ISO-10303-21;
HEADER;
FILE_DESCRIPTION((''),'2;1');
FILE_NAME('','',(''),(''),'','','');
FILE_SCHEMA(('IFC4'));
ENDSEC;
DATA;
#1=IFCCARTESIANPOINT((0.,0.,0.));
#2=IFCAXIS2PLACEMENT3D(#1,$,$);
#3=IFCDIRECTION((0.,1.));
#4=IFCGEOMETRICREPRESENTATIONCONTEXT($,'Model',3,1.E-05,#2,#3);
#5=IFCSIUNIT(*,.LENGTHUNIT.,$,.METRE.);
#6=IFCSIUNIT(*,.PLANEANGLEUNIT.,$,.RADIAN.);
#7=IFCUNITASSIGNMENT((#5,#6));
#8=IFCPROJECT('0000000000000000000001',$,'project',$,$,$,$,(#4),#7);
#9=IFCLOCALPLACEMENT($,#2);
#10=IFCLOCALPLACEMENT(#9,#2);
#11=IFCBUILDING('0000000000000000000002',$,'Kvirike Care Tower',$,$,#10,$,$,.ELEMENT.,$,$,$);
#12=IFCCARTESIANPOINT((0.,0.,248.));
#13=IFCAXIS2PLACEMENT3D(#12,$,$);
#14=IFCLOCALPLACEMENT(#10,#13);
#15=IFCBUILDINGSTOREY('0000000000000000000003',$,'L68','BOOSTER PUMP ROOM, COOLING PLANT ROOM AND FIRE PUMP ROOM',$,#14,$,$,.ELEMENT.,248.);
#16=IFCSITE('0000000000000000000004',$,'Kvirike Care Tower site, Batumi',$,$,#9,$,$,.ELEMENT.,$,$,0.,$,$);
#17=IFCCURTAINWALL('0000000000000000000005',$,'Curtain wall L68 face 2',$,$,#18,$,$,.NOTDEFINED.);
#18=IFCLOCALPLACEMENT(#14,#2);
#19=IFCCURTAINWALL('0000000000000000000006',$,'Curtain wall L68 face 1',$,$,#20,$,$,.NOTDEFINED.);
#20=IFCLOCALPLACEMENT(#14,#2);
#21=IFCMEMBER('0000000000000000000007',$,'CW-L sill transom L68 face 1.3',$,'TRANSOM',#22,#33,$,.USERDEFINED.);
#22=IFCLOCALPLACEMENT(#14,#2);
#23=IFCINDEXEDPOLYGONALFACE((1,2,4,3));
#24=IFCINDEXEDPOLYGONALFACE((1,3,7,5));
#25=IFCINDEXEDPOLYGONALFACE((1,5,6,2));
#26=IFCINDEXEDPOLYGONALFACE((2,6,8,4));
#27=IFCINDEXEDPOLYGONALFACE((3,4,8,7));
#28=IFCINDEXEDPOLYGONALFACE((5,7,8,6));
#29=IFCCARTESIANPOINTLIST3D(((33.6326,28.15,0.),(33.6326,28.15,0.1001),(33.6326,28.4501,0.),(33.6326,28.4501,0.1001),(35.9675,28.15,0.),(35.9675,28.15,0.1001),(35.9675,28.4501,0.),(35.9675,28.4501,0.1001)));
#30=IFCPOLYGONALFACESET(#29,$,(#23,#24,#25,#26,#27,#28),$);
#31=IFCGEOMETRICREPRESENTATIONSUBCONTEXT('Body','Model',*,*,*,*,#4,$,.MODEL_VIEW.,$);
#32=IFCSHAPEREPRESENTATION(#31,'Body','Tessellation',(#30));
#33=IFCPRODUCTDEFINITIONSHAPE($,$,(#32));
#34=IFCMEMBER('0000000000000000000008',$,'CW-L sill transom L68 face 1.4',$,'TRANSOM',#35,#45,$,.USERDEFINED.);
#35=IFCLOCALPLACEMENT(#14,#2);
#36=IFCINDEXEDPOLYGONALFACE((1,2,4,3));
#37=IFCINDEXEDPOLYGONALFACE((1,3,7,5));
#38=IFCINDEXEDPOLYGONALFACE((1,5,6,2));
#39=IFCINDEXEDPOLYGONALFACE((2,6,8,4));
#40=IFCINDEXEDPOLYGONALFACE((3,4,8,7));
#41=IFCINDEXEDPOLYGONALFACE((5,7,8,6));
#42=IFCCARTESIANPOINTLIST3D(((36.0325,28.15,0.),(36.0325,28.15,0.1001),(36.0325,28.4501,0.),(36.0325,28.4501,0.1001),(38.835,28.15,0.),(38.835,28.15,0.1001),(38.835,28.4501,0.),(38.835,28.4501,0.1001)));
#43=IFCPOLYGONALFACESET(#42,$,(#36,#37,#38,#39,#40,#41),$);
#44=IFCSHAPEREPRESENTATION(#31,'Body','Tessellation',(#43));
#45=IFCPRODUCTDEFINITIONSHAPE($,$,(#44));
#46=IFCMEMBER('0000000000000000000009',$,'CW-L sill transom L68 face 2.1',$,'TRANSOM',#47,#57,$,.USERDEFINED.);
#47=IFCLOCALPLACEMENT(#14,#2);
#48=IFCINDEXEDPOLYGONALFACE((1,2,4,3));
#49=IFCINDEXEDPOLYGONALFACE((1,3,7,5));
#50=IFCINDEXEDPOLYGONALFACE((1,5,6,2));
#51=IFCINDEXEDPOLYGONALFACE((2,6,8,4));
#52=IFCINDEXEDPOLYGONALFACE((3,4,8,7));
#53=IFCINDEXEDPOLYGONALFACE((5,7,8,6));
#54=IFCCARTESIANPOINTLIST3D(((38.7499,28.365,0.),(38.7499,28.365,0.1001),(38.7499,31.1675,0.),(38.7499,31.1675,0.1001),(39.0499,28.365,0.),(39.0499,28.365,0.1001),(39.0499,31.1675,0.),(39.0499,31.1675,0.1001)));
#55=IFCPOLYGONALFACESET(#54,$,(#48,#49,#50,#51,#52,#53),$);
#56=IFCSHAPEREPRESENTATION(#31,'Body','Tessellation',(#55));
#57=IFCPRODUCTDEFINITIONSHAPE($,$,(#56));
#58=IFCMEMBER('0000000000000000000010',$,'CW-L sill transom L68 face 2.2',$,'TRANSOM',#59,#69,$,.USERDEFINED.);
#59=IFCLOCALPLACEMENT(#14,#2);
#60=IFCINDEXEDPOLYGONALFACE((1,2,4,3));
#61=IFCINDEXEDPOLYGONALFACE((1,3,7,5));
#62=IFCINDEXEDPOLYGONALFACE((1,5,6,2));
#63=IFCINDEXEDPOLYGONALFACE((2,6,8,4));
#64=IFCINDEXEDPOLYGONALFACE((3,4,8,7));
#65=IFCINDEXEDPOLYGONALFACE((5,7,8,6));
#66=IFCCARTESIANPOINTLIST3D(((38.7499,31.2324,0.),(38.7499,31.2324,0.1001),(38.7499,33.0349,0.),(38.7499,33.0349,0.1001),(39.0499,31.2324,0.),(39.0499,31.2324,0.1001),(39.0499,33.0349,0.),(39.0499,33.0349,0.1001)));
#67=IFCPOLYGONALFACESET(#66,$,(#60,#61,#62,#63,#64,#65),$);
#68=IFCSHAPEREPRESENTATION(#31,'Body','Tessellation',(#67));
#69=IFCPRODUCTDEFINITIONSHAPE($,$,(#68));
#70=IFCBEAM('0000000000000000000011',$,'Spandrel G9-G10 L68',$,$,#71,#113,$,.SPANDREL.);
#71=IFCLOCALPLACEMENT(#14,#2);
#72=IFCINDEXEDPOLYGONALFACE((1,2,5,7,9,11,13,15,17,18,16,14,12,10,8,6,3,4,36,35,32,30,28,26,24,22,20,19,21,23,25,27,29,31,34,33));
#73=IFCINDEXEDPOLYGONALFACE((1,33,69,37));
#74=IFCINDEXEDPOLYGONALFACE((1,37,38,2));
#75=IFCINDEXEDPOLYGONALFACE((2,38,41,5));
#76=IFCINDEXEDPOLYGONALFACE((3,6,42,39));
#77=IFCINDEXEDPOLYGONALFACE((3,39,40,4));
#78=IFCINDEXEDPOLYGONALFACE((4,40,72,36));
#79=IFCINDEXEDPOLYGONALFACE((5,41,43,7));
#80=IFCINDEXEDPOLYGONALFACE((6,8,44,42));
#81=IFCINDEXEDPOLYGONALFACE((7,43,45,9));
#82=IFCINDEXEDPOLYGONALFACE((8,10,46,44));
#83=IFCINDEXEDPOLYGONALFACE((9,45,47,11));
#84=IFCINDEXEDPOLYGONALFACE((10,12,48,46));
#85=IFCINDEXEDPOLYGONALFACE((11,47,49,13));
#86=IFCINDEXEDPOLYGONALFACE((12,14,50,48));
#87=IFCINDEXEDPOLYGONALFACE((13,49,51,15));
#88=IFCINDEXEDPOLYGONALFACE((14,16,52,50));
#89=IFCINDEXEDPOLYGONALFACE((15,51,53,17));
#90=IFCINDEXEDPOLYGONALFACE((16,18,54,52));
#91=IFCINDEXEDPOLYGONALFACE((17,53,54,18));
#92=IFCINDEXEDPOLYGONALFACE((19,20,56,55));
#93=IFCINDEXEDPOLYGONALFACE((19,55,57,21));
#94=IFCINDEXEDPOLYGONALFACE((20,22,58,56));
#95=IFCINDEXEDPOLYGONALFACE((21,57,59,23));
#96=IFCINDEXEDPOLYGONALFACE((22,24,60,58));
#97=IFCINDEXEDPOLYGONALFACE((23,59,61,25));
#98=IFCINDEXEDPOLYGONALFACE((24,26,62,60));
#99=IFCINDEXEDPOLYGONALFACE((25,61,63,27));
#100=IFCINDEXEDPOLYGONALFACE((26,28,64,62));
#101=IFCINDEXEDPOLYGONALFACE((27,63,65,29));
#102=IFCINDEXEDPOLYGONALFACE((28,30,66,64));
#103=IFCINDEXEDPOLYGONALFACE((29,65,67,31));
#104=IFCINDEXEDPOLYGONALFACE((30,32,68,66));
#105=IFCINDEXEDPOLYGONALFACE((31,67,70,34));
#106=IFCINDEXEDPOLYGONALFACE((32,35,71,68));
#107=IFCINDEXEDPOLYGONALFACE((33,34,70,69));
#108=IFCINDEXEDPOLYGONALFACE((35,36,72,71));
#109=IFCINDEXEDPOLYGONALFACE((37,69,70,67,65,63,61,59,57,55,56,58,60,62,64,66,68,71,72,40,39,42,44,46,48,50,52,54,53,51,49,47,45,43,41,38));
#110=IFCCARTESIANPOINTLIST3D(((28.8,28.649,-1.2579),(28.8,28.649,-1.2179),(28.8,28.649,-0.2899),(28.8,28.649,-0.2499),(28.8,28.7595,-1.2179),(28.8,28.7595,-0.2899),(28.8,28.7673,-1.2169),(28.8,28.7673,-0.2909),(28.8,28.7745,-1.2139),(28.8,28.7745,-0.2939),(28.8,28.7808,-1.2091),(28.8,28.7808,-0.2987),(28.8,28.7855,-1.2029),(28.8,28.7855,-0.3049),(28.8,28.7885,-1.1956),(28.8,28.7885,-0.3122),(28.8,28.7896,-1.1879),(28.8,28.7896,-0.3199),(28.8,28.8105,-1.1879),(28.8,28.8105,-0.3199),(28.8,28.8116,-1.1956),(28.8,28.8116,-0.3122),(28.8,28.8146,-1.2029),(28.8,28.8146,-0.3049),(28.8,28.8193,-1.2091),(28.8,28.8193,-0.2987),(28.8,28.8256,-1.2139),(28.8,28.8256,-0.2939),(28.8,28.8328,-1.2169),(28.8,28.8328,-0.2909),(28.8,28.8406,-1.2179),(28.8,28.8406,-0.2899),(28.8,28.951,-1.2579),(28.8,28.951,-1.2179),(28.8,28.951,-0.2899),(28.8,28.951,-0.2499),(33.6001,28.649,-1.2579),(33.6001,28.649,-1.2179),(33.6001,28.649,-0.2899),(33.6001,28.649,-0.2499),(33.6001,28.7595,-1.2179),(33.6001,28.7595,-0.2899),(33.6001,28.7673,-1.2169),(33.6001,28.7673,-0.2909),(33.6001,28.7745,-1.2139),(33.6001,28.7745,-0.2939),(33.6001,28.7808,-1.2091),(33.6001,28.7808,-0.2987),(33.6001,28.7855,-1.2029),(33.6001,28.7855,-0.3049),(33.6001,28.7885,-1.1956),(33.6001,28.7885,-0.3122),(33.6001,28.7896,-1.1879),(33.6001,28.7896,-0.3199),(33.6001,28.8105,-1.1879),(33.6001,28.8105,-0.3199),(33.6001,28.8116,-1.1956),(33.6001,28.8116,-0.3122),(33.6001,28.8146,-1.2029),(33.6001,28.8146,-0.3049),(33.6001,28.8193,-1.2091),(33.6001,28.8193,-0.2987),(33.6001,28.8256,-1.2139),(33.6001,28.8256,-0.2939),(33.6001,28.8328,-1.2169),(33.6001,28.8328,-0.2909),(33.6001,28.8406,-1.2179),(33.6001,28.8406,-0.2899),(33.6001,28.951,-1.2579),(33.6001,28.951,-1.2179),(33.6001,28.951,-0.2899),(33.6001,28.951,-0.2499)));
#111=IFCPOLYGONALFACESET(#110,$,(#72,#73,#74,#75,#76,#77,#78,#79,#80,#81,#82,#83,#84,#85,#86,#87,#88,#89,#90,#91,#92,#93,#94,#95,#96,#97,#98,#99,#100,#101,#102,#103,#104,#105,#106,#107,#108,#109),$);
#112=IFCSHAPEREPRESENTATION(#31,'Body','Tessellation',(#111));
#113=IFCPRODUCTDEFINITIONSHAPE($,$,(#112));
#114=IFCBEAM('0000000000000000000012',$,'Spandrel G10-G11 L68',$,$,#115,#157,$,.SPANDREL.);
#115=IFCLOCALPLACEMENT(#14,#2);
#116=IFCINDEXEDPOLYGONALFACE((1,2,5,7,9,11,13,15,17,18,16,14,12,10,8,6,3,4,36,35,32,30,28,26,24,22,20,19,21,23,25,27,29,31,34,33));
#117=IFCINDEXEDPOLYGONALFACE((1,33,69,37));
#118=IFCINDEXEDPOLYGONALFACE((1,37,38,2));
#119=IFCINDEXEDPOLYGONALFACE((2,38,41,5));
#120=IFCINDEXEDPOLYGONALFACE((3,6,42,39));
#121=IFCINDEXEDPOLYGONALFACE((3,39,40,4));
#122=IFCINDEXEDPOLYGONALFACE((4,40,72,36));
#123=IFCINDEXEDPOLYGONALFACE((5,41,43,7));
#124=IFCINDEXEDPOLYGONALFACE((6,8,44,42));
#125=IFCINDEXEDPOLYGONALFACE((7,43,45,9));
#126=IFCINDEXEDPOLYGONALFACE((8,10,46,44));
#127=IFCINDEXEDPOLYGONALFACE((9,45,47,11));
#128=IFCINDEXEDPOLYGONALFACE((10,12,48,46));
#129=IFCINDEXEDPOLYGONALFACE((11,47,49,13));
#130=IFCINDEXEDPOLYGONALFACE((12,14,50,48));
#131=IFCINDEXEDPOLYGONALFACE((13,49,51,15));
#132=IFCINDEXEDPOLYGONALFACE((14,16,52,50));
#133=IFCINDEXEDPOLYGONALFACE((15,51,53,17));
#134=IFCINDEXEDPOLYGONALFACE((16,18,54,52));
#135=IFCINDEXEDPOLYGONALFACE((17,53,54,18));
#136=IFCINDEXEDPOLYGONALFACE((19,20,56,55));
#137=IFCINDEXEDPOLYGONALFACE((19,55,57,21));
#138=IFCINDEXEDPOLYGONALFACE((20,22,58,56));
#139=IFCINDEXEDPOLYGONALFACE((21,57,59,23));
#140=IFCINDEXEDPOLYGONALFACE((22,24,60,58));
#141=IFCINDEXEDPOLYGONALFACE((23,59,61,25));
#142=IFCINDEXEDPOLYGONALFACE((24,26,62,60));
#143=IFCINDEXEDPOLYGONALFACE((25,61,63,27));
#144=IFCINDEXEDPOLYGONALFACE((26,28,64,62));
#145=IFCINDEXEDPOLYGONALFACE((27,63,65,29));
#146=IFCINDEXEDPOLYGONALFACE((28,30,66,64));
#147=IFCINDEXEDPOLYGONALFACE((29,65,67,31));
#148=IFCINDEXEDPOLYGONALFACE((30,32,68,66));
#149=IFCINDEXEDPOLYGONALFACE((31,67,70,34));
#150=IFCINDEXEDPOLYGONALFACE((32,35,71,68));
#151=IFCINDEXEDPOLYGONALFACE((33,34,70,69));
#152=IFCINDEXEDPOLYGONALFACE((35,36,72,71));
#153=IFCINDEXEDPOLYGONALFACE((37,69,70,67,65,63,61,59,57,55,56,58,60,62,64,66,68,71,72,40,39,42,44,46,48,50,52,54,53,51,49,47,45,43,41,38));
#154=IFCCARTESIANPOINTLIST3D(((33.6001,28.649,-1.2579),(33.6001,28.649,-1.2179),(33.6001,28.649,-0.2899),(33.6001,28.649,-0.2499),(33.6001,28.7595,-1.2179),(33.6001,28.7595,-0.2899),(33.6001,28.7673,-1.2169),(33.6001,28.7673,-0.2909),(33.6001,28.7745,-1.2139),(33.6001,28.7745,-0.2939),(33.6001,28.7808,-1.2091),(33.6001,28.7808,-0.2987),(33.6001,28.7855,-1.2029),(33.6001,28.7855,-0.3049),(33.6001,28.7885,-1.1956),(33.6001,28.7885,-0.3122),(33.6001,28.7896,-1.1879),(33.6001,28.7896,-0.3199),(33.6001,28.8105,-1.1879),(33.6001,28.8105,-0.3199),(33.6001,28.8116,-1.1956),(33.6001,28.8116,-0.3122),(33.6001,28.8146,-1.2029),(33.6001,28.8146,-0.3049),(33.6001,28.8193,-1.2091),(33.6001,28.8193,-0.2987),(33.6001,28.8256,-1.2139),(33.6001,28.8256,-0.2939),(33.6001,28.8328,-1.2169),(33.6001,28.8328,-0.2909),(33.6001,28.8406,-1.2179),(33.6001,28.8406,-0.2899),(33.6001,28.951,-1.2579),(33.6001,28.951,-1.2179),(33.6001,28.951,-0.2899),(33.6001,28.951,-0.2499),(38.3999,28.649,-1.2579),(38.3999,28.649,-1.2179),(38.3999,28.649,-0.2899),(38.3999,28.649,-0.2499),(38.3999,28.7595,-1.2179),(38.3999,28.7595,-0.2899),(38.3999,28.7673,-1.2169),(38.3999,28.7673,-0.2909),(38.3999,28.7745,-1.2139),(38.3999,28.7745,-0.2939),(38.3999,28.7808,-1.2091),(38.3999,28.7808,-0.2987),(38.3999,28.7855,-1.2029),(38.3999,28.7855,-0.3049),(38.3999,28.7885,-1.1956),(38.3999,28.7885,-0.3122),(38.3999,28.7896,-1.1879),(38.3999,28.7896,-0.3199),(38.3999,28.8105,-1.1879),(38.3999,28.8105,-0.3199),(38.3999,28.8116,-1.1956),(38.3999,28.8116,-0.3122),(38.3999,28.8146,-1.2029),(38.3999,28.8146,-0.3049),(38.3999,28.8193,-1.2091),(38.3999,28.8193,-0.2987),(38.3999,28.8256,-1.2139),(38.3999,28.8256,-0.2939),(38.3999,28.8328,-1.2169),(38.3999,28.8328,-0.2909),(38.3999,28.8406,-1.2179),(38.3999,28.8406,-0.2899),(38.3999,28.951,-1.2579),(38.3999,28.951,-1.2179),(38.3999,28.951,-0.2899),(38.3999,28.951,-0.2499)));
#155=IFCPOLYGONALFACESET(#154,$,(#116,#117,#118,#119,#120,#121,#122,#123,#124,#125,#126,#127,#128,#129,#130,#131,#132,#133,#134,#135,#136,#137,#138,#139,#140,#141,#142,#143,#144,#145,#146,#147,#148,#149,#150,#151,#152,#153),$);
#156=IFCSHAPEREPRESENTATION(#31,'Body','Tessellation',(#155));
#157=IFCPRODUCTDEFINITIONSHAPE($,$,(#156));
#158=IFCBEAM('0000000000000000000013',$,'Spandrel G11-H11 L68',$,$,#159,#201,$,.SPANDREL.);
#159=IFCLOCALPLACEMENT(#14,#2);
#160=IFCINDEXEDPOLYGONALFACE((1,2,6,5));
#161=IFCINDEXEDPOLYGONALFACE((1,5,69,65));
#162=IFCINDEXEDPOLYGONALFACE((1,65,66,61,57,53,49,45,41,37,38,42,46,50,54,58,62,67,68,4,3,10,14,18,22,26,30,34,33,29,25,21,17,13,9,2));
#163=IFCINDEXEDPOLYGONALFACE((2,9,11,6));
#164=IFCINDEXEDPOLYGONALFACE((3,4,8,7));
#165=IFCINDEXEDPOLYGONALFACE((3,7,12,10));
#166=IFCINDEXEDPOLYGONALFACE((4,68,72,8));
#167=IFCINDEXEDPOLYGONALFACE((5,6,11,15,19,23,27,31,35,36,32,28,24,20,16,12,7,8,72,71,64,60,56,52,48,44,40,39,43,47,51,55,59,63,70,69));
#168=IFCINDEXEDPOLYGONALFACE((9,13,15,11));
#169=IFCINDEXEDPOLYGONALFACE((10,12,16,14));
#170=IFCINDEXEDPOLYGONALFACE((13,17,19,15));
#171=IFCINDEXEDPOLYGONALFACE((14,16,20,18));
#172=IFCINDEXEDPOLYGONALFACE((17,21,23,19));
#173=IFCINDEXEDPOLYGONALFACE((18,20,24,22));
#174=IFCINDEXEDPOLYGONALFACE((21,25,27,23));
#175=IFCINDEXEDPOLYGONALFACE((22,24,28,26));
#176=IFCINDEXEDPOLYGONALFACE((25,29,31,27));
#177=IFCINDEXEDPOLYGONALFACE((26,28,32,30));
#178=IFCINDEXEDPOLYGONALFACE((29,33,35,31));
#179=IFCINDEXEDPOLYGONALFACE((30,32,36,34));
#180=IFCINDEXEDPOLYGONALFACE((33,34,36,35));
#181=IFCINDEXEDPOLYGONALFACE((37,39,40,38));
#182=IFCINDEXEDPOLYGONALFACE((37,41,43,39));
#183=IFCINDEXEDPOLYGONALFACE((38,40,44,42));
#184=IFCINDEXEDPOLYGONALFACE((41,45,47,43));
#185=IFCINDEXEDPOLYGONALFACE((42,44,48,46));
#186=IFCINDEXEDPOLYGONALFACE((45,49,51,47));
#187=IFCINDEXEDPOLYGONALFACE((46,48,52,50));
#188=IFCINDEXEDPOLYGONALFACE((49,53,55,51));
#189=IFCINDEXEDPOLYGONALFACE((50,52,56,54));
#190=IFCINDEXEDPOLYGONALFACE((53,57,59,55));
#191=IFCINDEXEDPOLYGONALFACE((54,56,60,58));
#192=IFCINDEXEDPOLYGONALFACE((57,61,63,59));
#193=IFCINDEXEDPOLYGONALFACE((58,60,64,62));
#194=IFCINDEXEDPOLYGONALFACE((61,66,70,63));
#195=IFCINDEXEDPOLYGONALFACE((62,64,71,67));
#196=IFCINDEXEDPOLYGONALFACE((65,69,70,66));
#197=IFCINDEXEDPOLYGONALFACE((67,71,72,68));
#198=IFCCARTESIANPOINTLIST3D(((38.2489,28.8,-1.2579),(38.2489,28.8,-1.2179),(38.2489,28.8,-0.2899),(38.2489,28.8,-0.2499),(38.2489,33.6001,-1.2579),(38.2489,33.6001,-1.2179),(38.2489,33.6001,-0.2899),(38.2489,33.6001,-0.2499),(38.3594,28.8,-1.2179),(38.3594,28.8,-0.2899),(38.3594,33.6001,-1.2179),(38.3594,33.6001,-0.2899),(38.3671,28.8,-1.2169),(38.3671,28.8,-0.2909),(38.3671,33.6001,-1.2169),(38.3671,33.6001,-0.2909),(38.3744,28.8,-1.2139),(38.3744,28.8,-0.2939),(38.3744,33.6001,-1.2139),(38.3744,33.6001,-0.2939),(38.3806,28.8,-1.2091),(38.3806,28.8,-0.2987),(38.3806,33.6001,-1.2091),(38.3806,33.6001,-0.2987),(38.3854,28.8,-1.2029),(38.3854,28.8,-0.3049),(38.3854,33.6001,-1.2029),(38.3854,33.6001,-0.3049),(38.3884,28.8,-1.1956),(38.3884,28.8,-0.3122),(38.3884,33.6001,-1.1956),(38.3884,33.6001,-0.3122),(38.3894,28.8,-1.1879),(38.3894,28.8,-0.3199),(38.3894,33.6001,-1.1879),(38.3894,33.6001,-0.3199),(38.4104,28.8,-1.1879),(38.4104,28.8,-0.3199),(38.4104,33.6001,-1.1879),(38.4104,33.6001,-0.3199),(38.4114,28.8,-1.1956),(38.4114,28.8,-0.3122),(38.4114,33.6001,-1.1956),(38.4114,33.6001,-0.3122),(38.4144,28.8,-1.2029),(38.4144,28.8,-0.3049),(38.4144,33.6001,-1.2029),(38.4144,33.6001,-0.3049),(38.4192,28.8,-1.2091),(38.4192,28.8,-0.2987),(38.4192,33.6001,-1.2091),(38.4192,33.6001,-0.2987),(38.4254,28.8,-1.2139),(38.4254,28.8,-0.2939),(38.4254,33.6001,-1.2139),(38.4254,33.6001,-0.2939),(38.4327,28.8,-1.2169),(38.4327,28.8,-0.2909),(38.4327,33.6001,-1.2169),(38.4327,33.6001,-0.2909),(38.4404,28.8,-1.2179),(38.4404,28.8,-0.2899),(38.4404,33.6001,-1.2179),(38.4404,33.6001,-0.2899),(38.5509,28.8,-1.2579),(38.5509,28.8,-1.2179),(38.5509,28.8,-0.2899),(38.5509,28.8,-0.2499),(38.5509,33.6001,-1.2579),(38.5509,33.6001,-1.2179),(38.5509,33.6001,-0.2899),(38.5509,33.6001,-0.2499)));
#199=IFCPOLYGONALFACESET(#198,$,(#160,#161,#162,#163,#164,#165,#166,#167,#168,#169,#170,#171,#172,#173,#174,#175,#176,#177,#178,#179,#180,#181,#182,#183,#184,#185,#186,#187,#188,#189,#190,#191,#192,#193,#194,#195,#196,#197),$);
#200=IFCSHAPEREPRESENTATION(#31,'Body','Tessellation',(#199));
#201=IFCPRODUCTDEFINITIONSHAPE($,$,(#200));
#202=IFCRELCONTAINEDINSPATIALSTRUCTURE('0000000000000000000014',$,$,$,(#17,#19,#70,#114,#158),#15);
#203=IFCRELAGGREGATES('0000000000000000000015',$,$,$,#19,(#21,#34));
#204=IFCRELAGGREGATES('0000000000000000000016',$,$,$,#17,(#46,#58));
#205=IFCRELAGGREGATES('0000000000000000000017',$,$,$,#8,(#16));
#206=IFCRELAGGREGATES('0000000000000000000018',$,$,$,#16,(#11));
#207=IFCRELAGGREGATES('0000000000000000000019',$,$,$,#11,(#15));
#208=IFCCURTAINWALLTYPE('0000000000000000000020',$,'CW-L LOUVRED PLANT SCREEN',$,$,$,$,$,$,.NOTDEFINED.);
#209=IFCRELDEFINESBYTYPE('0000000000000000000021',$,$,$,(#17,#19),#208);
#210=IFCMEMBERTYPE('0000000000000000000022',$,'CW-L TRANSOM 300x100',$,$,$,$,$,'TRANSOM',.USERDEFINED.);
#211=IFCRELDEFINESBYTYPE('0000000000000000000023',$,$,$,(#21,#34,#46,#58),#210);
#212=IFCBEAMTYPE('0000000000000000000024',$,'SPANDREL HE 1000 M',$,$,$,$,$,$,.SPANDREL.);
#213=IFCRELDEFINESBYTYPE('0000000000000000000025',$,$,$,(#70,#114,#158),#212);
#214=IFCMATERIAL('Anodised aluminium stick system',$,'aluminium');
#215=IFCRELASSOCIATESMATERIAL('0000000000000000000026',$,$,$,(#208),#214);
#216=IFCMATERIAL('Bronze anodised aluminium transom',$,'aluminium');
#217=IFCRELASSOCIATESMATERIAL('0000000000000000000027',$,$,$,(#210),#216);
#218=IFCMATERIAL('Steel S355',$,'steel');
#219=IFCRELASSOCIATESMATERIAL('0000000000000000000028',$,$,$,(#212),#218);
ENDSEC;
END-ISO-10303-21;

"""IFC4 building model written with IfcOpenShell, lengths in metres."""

from ifc_helpers import new_model, si_unit, direction, frame, origin, origin_2d, place, context, subcontext, project, spatial, rectangle, i_section, extrude, material, material_profile, profile_set, type_object, element, aggregate, save


model = new_model("IFC4")

# Units and contexts
model_context = context("Model", 3, precision=1e-05, world=origin(), true_north=direction((0.0, 1.0)))
body_context = subcontext(model_context, "Body", "Model", "MODEL_VIEW")
ifc_project = project(units=[si_unit("LENGTHUNIT", "METRE"), si_unit("PLANEANGLEUNIT", "RADIAN")], contexts=[model_context])

# Site, building, storey
site_placement = place(None, origin())
site = spatial("IfcSite", under=ifc_project, at=site_placement, Name="Kvirike Care Tower site, Batumi", CompositionType="ELEMENT", RefElevation=0.0)
building_placement = place(site_placement, origin())
building = spatial("IfcBuilding", under=site, at=building_placement, Name="Kvirike Care Tower", CompositionType="ELEMENT")
storey_placement = place(building_placement, frame((0.0, 0.0, 248.0)))
storey = spatial("IfcBuildingStorey", under=building, at=storey_placement, Name="L68", Description="BOOSTER PUMP ROOM, COOLING PLANT ROOM AND FIRE PUMP ROOM", CompositionType="ELEMENT", Elevation=248.0)

# Curtain wall
ifc_material_1 = material(Name="Anodised aluminium stick system", Category="aluminium")
curtain_wall_type = type_object("IfcCurtainWallType", Name="CW-L LOUVRED PLANT SCREEN", PredefinedType="NOTDEFINED", material=ifc_material_1)
curtain_wall_1_placement = place(storey_placement, origin())
curtain_wall_1 = element("IfcCurtainWall", 1, at=curtain_wall_1_placement, inside=storey, type_object=curtain_wall_type, Name="Curtain wall L68 face 2", PredefinedType="NOTDEFINED")

# Curtain wall
curtain_wall_2_placement = place(storey_placement, origin())
curtain_wall_2 = element("IfcCurtainWall", 2, at=curtain_wall_2_placement, inside=storey, type_object=curtain_wall_type, Name="Curtain wall L68 face 1", PredefinedType="NOTDEFINED")

# Members
ifc_material_2 = material(Name="Bronze anodised aluminium transom", Category="aluminium")
ifc_material_profile_1 = material_profile(ifc_material_2, rectangle(XDim=0.3, YDim=0.1001, at=origin_2d()), Name="CW-L TRANSOM 300x100")
ifc_profile_set_1 = profile_set([ifc_material_profile_1], Name="Bronze anodised aluminium transom")
member_type_1 = type_object("IfcMemberType", Name="CW-L TRANSOM 300x100", ElementType="TRANSOM", PredefinedType="USERDEFINED", material=ifc_profile_set_1)
member_1_placement = place(storey_placement, frame((33.6326, 28.3, 0.05), z_axis=(1.0, 0.0, 0.0), x_axis=(0.0, 1.0, 0.0)))
member_1 = element("IfcMember", 3, at=member_1_placement, type_object=member_type_1, Name="CW-L sill transom L68 face 1.3", ObjectType="TRANSOM", PredefinedType="USERDEFINED", context=body_context, shape_type="SweptSolid", body=[
    extrude(rectangle(XDim=0.3, YDim=0.1001, at=origin_2d()), origin(), (0.0, 0.0, 1.0), 2.335),
])
member_2_placement = place(storey_placement, frame((36.0325, 28.3, 0.05), z_axis=(1.0, 0.0, 0.0), x_axis=(0.0, 1.0, 0.0)))
member_2 = element("IfcMember", 4, at=member_2_placement, type_object=member_type_1, Name="CW-L sill transom L68 face 1.4", ObjectType="TRANSOM", PredefinedType="USERDEFINED", context=body_context, shape_type="SweptSolid", body=[
    extrude(rectangle(XDim=0.3, YDim=0.1001, at=origin_2d()), origin(), (0.0, 0.0, 1.0), 2.8025),
])
aggregate(curtain_wall_2, [member_1, member_2])
member_3_placement = place(storey_placement, frame((38.8999, 28.365, 0.05), z_axis=(0.0, 1.0, 0.0), x_axis=(-1.0, 0.0, 0.0)))
member_3 = element("IfcMember", 5, at=member_3_placement, type_object=member_type_1, Name="CW-L sill transom L68 face 2.1", ObjectType="TRANSOM", PredefinedType="USERDEFINED", context=body_context, shape_type="SweptSolid", body=[
    extrude(rectangle(XDim=0.3, YDim=0.1001, at=origin_2d()), origin(), (0.0, 0.0, 1.0), 2.8025),
])
member_4_placement = place(storey_placement, frame((38.8999, 31.2324, 0.05), z_axis=(0.0, 1.0, 0.0), x_axis=(-1.0, 0.0, 0.0)))
member_4 = element("IfcMember", 6, at=member_4_placement, type_object=member_type_1, Name="CW-L sill transom L68 face 2.2", ObjectType="TRANSOM", PredefinedType="USERDEFINED", context=body_context, shape_type="SweptSolid", body=[
    extrude(rectangle(XDim=0.3, YDim=0.1001, at=origin_2d()), origin(), (0.0, 0.0, 1.0), 1.8025),
])
aggregate(curtain_wall_1, [member_3, member_4])

# Beams
ifc_material_3 = material(Name="Steel S355", Category="steel")
ifc_material_profile_2 = material_profile(ifc_material_3, i_section(OverallWidth=0.302, OverallDepth=1.0081, WebThickness=0.021, FlangeThickness=0.04, FilletRadius=0.03, at=origin_2d()), Name="HE 1000 M")
ifc_profile_set_2 = profile_set([ifc_material_profile_2], Name="Steel S355")
beam_type = type_object("IfcBeamType", Name="SPANDREL HE 1000 M", PredefinedType="SPANDREL", material=ifc_profile_set_2)
beam_1_placement = place(storey_placement, frame((28.8, 28.8, -0.7539), z_axis=(1.0, 0.0, 0.0), x_axis=(0.0, 1.0, 0.0)))
element("IfcBeam", 7, at=beam_1_placement, inside=storey, type_object=beam_type, Name="Spandrel G9-G10 L68", PredefinedType="SPANDREL", context=body_context, shape_type="SweptSolid", body=[
    extrude(i_section(OverallWidth=0.302, OverallDepth=1.0081, WebThickness=0.021, FlangeThickness=0.04, FilletRadius=0.03, at=origin_2d()), origin(), (0.0, 0.0, 1.0), 4.8),
])
beam_2_placement = place(storey_placement, frame((33.6001, 28.8, -0.7539), z_axis=(1.0, 0.0, 0.0), x_axis=(0.0, 1.0, 0.0)))
element("IfcBeam", 8, at=beam_2_placement, inside=storey, type_object=beam_type, Name="Spandrel G10-G11 L68", PredefinedType="SPANDREL", context=body_context, shape_type="SweptSolid", body=[
    extrude(i_section(OverallWidth=0.302, OverallDepth=1.0081, WebThickness=0.021, FlangeThickness=0.04, FilletRadius=0.03, at=origin_2d()), origin(), (0.0, 0.0, 1.0), 4.7998),
])
beam_3_placement = place(storey_placement, frame((38.3999, 28.8, -0.7539), z_axis=(0.0, 1.0, 0.0), x_axis=(-1.0, 0.0, 0.0)))
element("IfcBeam", 9, at=beam_3_placement, inside=storey, type_object=beam_type, Name="Spandrel G11-H11 L68", PredefinedType="SPANDREL", context=body_context, shape_type="SweptSolid", body=[
    extrude(i_section(OverallWidth=0.302, OverallDepth=1.0081, WebThickness=0.021, FlangeThickness=0.04, FilletRadius=0.03, at=origin_2d()), origin(), (0.0, 0.0, 1.0), 4.8),
])

save(model, "model.ifc")
